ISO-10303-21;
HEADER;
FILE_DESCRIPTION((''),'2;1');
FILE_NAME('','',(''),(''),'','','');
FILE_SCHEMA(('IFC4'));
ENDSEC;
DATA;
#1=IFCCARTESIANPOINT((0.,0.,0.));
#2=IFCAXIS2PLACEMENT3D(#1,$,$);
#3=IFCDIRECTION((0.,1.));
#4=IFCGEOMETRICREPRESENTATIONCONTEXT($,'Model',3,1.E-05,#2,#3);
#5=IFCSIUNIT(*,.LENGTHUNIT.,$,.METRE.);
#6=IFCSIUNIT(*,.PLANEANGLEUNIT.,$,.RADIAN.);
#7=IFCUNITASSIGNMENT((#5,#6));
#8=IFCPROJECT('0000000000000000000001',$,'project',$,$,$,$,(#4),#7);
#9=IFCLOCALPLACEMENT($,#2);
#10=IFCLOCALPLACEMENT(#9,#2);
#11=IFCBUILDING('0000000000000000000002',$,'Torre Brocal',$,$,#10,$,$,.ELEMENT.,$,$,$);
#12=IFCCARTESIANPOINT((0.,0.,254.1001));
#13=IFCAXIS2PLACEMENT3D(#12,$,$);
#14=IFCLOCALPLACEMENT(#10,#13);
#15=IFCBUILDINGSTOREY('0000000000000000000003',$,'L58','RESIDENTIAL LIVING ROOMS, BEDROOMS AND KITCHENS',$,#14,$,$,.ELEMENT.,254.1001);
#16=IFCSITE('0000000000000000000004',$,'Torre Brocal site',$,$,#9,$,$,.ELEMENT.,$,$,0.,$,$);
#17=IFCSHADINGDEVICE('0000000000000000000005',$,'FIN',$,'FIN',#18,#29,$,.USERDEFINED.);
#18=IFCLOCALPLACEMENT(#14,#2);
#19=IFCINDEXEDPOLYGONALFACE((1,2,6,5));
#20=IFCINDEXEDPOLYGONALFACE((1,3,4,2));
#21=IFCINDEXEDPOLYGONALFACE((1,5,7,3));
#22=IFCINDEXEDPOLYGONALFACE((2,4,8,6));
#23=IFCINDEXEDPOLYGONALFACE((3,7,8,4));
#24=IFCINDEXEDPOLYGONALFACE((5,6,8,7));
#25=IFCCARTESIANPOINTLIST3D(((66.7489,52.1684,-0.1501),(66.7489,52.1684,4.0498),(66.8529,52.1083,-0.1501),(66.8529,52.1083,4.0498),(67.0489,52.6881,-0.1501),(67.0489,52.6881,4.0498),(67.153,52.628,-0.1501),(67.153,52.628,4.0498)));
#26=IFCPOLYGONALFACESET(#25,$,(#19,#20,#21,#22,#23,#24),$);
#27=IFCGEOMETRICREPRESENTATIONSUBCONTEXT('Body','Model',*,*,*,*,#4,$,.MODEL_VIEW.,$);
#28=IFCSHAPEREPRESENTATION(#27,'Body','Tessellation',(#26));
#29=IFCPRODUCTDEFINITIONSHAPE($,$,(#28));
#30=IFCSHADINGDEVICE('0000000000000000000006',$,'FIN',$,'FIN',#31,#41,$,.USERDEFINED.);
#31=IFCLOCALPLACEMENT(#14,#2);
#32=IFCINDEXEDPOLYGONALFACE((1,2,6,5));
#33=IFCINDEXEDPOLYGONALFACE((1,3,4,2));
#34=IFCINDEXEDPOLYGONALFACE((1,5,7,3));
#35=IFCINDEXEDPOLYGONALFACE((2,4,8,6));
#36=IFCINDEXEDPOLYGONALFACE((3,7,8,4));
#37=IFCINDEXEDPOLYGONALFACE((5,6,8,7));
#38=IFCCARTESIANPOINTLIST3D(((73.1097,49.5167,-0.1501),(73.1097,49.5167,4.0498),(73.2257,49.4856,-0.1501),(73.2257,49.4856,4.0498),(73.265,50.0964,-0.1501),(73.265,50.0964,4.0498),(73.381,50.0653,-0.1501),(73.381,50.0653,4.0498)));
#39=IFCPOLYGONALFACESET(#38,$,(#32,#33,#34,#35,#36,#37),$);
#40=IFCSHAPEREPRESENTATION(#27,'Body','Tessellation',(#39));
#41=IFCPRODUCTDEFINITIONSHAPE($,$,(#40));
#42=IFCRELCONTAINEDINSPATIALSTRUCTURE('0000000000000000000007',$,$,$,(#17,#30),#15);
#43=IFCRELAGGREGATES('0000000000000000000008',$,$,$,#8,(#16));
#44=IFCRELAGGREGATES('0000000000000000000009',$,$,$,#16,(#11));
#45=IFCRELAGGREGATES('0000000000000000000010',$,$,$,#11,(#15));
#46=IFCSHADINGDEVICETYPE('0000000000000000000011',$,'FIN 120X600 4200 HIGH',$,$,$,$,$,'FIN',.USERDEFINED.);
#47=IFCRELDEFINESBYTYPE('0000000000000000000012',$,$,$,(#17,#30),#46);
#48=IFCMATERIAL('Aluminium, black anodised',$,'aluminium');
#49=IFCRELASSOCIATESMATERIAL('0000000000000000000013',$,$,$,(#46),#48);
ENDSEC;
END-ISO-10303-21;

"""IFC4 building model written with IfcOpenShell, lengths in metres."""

from ifc_helpers import new_model, si_unit, direction, frame, origin, origin_2d, place, context, subcontext, project, spatial, rectangle, extrude, material, material_profile, profile_set, type_object, element, save


model = new_model("IFC4")

# Units and contexts
model_context = context("Model", 3, precision=1e-05, world=origin(), true_north=direction((0.0, 1.0)))
body_context = subcontext(model_context, "Body", "Model", "MODEL_VIEW")
ifc_project = project(units=[si_unit("LENGTHUNIT", "METRE"), si_unit("PLANEANGLEUNIT", "RADIAN")], contexts=[model_context])

# Site, building, storey
site_placement = place(None, origin())
site = spatial("IfcSite", under=ifc_project, at=site_placement, Name="Torre Brocal site", CompositionType="ELEMENT", RefElevation=0.0)
building_placement = place(site_placement, origin())
building = spatial("IfcBuilding", under=site, at=building_placement, Name="Torre Brocal", CompositionType="ELEMENT")
storey_placement = place(building_placement, frame((0.0, 0.0, 254.1001)))
storey = spatial("IfcBuildingStorey", under=building, at=storey_placement, Name="L58", Description="RESIDENTIAL LIVING ROOMS, BEDROOMS AND KITCHENS", CompositionType="ELEMENT", Elevation=254.1001)

# Shading devices
ifc_material_1 = material(Name="Aluminium, black anodised", Category="aluminium")
ifc_material_profile_1 = material_profile(ifc_material_1, rectangle(XDim=0.1201, YDim=0.6001, at=origin_2d()), Name="FIN 120X600 4200 HIGH")
ifc_profile_set_1 = profile_set([ifc_material_profile_1], Name="Aluminium, black anodised")
shading_device_type = type_object("IfcShadingDeviceType", Name="FIN 120X600 4200 HIGH", ElementType="FIN", PredefinedType="USERDEFINED", material=ifc_profile_set_1)
for number, where, z_axis, x_axis, name in (
    (1, (66.9509, 52.3982, -0.1501), (0.0, 0.0, 1.0), (0.866025, -0.5, 0.0), "FIN"),
    (2, (73.2454, 49.791, -0.1501), (0.0, 0.0, 1.0), (0.965926, -0.258819, 0.0), "FIN"),
):
    element("IfcShadingDevice", number, at=place(storey_placement, frame(where, z_axis=z_axis, x_axis=x_axis)), inside=storey, type_object=shading_device_type, Name=name, ObjectType="FIN", PredefinedType="USERDEFINED", context=body_context, shape_type="SweptSolid", body=[
        extrude(rectangle(XDim=0.1201, YDim=0.6001, at=origin_2d()), origin(), (0.0, 0.0, 1.0), 4.2),
    ])

save(model, "model.ifc")
